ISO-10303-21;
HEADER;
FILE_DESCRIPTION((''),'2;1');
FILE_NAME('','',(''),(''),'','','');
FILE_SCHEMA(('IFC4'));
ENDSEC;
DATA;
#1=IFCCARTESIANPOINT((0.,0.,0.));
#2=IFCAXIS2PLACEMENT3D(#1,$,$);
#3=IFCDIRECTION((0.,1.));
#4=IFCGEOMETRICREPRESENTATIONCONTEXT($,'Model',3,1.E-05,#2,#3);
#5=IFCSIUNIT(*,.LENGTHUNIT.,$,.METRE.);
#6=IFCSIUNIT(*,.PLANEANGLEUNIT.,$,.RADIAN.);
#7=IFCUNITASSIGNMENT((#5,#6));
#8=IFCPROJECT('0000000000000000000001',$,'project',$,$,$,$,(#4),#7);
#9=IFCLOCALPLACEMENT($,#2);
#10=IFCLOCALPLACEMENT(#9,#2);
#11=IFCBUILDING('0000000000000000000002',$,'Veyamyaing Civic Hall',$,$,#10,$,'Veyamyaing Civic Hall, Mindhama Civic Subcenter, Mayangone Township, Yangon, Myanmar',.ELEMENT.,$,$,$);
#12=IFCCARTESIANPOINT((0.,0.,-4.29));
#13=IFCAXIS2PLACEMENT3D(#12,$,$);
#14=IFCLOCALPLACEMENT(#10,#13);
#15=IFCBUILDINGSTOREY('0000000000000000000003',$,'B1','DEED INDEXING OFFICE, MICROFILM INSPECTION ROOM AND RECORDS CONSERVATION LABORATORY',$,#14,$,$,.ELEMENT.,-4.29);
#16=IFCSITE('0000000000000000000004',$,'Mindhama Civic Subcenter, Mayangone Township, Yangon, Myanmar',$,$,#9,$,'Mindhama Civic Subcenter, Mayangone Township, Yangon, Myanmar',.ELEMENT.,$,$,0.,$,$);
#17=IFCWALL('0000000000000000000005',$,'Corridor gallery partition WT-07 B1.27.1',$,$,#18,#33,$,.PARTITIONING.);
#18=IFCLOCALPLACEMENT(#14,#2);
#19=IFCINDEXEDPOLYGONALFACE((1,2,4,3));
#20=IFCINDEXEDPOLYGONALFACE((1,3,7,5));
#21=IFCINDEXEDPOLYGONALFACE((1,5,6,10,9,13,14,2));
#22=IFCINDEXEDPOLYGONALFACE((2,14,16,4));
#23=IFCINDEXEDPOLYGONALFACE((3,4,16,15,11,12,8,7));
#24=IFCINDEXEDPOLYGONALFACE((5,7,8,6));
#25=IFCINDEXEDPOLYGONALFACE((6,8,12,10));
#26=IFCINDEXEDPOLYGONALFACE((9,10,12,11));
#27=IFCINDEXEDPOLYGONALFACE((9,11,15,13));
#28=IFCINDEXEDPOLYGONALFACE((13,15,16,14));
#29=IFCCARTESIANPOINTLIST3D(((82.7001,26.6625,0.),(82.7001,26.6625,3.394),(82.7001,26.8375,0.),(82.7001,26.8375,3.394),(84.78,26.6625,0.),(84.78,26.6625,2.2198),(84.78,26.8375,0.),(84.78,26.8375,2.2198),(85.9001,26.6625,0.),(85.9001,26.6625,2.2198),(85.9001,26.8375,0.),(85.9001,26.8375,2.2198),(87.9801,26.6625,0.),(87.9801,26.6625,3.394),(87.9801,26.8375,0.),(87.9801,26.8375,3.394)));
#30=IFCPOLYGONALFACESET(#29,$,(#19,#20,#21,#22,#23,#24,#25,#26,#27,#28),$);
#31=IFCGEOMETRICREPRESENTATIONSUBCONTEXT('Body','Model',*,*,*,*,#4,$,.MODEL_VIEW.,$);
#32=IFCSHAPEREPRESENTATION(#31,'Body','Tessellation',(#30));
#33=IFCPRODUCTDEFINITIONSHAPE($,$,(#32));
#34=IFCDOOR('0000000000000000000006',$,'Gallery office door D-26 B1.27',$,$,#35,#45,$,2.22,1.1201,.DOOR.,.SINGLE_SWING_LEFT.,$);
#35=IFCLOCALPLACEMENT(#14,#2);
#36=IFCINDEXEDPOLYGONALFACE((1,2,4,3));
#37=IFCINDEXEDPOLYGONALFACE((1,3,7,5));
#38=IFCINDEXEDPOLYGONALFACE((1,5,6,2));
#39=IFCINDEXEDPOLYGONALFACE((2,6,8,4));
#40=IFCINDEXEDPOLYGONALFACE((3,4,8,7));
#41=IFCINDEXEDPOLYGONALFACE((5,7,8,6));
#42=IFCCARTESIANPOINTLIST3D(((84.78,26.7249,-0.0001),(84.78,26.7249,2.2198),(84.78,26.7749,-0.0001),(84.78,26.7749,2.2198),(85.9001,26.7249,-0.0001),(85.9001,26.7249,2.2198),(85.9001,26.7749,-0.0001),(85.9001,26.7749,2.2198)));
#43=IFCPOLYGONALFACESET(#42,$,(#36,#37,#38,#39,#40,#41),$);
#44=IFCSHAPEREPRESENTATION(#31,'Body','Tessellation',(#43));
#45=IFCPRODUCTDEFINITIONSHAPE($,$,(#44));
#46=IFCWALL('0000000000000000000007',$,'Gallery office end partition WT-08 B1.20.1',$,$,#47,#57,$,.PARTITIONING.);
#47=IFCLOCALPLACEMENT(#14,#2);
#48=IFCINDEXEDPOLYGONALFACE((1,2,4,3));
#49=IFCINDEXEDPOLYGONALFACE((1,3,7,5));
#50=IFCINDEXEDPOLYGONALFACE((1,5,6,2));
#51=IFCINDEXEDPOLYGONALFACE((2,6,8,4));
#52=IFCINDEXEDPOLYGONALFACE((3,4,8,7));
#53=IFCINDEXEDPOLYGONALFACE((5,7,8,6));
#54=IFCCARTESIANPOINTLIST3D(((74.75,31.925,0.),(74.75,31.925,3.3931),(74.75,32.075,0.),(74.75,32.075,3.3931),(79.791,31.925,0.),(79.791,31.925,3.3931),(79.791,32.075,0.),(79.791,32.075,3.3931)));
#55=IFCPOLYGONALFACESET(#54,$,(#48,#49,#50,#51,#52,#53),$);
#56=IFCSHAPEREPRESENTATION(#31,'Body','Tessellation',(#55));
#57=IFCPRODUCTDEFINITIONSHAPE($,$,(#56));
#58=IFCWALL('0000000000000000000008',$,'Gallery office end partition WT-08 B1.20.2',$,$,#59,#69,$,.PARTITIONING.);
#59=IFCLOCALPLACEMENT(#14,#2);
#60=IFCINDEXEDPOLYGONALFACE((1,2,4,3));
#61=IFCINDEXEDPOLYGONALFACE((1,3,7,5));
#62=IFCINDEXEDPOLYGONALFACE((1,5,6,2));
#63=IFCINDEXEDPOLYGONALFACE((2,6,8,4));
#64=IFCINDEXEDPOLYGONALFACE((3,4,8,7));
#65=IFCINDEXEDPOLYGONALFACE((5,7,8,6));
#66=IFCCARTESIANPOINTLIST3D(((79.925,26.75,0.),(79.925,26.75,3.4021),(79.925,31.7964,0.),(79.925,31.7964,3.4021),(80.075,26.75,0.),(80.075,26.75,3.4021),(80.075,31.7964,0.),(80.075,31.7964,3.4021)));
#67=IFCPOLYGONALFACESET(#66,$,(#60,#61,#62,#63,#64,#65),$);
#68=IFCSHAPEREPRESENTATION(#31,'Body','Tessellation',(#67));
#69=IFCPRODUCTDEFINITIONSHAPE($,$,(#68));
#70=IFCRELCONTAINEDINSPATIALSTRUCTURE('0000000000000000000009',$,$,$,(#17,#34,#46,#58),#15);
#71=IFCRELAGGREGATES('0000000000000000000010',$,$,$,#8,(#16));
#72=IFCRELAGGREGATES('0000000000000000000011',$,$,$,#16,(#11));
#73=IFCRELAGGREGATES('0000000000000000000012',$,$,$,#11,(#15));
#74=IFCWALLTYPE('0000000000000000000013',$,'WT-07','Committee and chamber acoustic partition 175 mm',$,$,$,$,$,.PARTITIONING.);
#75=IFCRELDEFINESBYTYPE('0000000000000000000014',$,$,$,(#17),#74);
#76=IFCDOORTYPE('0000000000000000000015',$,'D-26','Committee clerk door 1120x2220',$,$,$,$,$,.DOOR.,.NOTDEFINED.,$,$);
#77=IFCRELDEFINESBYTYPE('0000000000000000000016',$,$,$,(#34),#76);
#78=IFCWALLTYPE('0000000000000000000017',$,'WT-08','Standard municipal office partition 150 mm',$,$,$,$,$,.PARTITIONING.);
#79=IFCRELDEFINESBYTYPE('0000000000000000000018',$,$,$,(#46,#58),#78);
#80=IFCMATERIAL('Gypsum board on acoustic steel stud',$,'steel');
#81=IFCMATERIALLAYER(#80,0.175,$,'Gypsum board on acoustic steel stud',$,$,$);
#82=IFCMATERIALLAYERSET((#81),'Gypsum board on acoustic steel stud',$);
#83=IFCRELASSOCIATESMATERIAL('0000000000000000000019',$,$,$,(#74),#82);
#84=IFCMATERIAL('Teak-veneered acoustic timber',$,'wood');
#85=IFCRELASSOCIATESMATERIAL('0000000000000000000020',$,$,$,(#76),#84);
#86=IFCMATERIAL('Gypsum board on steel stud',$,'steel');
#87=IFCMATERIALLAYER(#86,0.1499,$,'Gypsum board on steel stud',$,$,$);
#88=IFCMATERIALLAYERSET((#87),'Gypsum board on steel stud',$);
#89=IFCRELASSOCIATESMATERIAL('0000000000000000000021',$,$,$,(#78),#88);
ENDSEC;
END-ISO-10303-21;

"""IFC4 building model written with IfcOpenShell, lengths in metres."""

from ifc_helpers import new_model, si_unit, direction, frame, frame_2d, origin, place, context, subcontext, project, spatial, rectangle, extrude, material, layer, layer_set, type_object, element, fill, save


model = new_model("IFC4")

# Units and contexts
model_context = context("Model", 3, precision=1e-05, world=origin(), true_north=direction((0.0, 1.0)))
body_context = subcontext(model_context, "Body", "Model", "MODEL_VIEW")
ifc_project = project(units=[si_unit("LENGTHUNIT", "METRE"), si_unit("PLANEANGLEUNIT", "RADIAN")], contexts=[model_context])

# Site, building, storey
site_placement = place(None, origin())
site = spatial("IfcSite", under=ifc_project, at=site_placement, Name="Mindhama Civic Subcenter, Mayangone Township, Yangon, Myanmar", LongName="Mindhama Civic Subcenter, Mayangone Township, Yangon, Myanmar", CompositionType="ELEMENT", RefElevation=0.0)
building_placement = place(site_placement, origin())
building = spatial("IfcBuilding", under=site, at=building_placement, Name="Veyamyaing Civic Hall", LongName="Veyamyaing Civic Hall, Mindhama Civic Subcenter, Mayangone Township, Yangon, Myanmar", CompositionType="ELEMENT")
storey_placement = place(building_placement, frame((0.0, 0.0, -4.29)))
storey = spatial("IfcBuildingStorey", under=building, at=storey_placement, Name="B1", Description="DEED INDEXING OFFICE, MICROFILM INSPECTION ROOM AND RECORDS CONSERVATION LABORATORY", CompositionType="ELEMENT", Elevation=-4.29)

# Wall, opening, door
ifc_material_1 = material(Name="Teak-veneered acoustic timber", Category="wood")
ifc_material_2 = material(Name="Gypsum board on acoustic steel stud", Category="steel")
ifc_layer_1 = layer(ifc_material_2, 0.175, Name="Gypsum board on acoustic steel stud")
ifc_layer_set_1 = layer_set([ifc_layer_1], Name="Gypsum board on acoustic steel stud")
wall_type_1 = type_object("IfcWallType", Name="WT-07", Description="Committee and chamber acoustic partition 175 mm", PredefinedType="PARTITIONING", material=ifc_layer_set_1)
wall_1_placement = place(storey_placement, frame((82.7, 26.75, 0.0), z_axis=(0.0, 0.0, 1.0), x_axis=(1.0, 0.0, 0.0)))
wall_1 = element("IfcWall", 1, at=wall_1_placement, inside=storey, type_object=wall_type_1, Name="Corridor gallery partition WT-07 B1.27.1", PredefinedType="PARTITIONING", context=body_context, shape_type="SweptSolid", body=[
    extrude(rectangle(XDim=5.28, YDim=0.175, at=frame_2d((2.6401, 0.0))), origin(), (0.0, 0.0, 1.0), 3.394),
])
opening_1_placement = place(wall_1_placement, frame((2.0801, 0.0, 0.0)))
opening_1 = element("IfcOpeningElement", 2, at=opening_1_placement, cuts=wall_1, PredefinedType="OPENING", context=body_context, shape_type="SweptSolid", body=[
    extrude(rectangle(XDim=1.1201, YDim=2.22, at=frame_2d((0.5601, 1.1099))), frame((0.0, 0.0974, 0.0), z_axis=(0.0, -1.0, 0.0), x_axis=(1.0, 0.0, 0.0)), (0.0, 0.0, 1.0), 0.1951),
])
door_type_1 = type_object("IfcDoorType", Name="D-26", Description="Committee clerk door 1120x2220", OperationType="NOTDEFINED", PredefinedType="DOOR", material=ifc_material_1)
door_1_placement = place(opening_1_placement, origin())
door_1 = element("IfcDoor", 3, at=door_1_placement, inside=storey, type_object=door_type_1, Name="Gallery office door D-26 B1.27", OperationType="SINGLE_SWING_LEFT", OverallHeight=2.22, OverallWidth=1.1201, PredefinedType="DOOR", context=body_context, shape_type="SweptSolid", body=[
    extrude(rectangle(XDim=1.1201, YDim=2.22, at=frame_2d((0.5601, 1.1099))), frame((0.0, 0.0249, 0.0), z_axis=(0.0, -1.0, 0.0), x_axis=(1.0, 0.0, 0.0)), (0.0, 0.0, 1.0), 0.05),
])
fill(opening_1, door_1)

# Walls
ifc_material_3 = material(Name="Gypsum board on steel stud", Category="steel")
ifc_layer_2 = layer(ifc_material_3, 0.1499, Name="Gypsum board on steel stud")
ifc_layer_set_2 = layer_set([ifc_layer_2], Name="Gypsum board on steel stud")
wall_type_2 = type_object("IfcWallType", Name="WT-08", Description="Standard municipal office partition 150 mm", PredefinedType="PARTITIONING", material=ifc_layer_set_2)
wall_2_placement = place(storey_placement, frame((74.75, 32.0, 0.0), z_axis=(0.0, 0.0, 1.0), x_axis=(1.0, 0.0, 0.0)))
element("IfcWall", 4, at=wall_2_placement, inside=storey, type_object=wall_type_2, Name="Gallery office end partition WT-08 B1.20.1", PredefinedType="PARTITIONING", context=body_context, shape_type="SweptSolid", body=[
    extrude(rectangle(XDim=5.041, YDim=0.1499, at=frame_2d((2.5205, 0.0))), origin(), (0.0, 0.0, 1.0), 3.3931),
])
wall_3_placement = place(storey_placement, frame((80.0, 26.75, 0.0), z_axis=(0.0, 0.0, 1.0), x_axis=(0.0, 1.0, 0.0)))
element("IfcWall", 5, at=wall_3_placement, inside=storey, type_object=wall_type_2, Name="Gallery office end partition WT-08 B1.20.2", PredefinedType="PARTITIONING", context=body_context, shape_type="SweptSolid", body=[
    extrude(rectangle(XDim=5.0464, YDim=0.1499, at=frame_2d((2.5232, 0.0))), origin(), (0.0, 0.0, 1.0), 3.4021),
])

save(model, "model.ifc")
